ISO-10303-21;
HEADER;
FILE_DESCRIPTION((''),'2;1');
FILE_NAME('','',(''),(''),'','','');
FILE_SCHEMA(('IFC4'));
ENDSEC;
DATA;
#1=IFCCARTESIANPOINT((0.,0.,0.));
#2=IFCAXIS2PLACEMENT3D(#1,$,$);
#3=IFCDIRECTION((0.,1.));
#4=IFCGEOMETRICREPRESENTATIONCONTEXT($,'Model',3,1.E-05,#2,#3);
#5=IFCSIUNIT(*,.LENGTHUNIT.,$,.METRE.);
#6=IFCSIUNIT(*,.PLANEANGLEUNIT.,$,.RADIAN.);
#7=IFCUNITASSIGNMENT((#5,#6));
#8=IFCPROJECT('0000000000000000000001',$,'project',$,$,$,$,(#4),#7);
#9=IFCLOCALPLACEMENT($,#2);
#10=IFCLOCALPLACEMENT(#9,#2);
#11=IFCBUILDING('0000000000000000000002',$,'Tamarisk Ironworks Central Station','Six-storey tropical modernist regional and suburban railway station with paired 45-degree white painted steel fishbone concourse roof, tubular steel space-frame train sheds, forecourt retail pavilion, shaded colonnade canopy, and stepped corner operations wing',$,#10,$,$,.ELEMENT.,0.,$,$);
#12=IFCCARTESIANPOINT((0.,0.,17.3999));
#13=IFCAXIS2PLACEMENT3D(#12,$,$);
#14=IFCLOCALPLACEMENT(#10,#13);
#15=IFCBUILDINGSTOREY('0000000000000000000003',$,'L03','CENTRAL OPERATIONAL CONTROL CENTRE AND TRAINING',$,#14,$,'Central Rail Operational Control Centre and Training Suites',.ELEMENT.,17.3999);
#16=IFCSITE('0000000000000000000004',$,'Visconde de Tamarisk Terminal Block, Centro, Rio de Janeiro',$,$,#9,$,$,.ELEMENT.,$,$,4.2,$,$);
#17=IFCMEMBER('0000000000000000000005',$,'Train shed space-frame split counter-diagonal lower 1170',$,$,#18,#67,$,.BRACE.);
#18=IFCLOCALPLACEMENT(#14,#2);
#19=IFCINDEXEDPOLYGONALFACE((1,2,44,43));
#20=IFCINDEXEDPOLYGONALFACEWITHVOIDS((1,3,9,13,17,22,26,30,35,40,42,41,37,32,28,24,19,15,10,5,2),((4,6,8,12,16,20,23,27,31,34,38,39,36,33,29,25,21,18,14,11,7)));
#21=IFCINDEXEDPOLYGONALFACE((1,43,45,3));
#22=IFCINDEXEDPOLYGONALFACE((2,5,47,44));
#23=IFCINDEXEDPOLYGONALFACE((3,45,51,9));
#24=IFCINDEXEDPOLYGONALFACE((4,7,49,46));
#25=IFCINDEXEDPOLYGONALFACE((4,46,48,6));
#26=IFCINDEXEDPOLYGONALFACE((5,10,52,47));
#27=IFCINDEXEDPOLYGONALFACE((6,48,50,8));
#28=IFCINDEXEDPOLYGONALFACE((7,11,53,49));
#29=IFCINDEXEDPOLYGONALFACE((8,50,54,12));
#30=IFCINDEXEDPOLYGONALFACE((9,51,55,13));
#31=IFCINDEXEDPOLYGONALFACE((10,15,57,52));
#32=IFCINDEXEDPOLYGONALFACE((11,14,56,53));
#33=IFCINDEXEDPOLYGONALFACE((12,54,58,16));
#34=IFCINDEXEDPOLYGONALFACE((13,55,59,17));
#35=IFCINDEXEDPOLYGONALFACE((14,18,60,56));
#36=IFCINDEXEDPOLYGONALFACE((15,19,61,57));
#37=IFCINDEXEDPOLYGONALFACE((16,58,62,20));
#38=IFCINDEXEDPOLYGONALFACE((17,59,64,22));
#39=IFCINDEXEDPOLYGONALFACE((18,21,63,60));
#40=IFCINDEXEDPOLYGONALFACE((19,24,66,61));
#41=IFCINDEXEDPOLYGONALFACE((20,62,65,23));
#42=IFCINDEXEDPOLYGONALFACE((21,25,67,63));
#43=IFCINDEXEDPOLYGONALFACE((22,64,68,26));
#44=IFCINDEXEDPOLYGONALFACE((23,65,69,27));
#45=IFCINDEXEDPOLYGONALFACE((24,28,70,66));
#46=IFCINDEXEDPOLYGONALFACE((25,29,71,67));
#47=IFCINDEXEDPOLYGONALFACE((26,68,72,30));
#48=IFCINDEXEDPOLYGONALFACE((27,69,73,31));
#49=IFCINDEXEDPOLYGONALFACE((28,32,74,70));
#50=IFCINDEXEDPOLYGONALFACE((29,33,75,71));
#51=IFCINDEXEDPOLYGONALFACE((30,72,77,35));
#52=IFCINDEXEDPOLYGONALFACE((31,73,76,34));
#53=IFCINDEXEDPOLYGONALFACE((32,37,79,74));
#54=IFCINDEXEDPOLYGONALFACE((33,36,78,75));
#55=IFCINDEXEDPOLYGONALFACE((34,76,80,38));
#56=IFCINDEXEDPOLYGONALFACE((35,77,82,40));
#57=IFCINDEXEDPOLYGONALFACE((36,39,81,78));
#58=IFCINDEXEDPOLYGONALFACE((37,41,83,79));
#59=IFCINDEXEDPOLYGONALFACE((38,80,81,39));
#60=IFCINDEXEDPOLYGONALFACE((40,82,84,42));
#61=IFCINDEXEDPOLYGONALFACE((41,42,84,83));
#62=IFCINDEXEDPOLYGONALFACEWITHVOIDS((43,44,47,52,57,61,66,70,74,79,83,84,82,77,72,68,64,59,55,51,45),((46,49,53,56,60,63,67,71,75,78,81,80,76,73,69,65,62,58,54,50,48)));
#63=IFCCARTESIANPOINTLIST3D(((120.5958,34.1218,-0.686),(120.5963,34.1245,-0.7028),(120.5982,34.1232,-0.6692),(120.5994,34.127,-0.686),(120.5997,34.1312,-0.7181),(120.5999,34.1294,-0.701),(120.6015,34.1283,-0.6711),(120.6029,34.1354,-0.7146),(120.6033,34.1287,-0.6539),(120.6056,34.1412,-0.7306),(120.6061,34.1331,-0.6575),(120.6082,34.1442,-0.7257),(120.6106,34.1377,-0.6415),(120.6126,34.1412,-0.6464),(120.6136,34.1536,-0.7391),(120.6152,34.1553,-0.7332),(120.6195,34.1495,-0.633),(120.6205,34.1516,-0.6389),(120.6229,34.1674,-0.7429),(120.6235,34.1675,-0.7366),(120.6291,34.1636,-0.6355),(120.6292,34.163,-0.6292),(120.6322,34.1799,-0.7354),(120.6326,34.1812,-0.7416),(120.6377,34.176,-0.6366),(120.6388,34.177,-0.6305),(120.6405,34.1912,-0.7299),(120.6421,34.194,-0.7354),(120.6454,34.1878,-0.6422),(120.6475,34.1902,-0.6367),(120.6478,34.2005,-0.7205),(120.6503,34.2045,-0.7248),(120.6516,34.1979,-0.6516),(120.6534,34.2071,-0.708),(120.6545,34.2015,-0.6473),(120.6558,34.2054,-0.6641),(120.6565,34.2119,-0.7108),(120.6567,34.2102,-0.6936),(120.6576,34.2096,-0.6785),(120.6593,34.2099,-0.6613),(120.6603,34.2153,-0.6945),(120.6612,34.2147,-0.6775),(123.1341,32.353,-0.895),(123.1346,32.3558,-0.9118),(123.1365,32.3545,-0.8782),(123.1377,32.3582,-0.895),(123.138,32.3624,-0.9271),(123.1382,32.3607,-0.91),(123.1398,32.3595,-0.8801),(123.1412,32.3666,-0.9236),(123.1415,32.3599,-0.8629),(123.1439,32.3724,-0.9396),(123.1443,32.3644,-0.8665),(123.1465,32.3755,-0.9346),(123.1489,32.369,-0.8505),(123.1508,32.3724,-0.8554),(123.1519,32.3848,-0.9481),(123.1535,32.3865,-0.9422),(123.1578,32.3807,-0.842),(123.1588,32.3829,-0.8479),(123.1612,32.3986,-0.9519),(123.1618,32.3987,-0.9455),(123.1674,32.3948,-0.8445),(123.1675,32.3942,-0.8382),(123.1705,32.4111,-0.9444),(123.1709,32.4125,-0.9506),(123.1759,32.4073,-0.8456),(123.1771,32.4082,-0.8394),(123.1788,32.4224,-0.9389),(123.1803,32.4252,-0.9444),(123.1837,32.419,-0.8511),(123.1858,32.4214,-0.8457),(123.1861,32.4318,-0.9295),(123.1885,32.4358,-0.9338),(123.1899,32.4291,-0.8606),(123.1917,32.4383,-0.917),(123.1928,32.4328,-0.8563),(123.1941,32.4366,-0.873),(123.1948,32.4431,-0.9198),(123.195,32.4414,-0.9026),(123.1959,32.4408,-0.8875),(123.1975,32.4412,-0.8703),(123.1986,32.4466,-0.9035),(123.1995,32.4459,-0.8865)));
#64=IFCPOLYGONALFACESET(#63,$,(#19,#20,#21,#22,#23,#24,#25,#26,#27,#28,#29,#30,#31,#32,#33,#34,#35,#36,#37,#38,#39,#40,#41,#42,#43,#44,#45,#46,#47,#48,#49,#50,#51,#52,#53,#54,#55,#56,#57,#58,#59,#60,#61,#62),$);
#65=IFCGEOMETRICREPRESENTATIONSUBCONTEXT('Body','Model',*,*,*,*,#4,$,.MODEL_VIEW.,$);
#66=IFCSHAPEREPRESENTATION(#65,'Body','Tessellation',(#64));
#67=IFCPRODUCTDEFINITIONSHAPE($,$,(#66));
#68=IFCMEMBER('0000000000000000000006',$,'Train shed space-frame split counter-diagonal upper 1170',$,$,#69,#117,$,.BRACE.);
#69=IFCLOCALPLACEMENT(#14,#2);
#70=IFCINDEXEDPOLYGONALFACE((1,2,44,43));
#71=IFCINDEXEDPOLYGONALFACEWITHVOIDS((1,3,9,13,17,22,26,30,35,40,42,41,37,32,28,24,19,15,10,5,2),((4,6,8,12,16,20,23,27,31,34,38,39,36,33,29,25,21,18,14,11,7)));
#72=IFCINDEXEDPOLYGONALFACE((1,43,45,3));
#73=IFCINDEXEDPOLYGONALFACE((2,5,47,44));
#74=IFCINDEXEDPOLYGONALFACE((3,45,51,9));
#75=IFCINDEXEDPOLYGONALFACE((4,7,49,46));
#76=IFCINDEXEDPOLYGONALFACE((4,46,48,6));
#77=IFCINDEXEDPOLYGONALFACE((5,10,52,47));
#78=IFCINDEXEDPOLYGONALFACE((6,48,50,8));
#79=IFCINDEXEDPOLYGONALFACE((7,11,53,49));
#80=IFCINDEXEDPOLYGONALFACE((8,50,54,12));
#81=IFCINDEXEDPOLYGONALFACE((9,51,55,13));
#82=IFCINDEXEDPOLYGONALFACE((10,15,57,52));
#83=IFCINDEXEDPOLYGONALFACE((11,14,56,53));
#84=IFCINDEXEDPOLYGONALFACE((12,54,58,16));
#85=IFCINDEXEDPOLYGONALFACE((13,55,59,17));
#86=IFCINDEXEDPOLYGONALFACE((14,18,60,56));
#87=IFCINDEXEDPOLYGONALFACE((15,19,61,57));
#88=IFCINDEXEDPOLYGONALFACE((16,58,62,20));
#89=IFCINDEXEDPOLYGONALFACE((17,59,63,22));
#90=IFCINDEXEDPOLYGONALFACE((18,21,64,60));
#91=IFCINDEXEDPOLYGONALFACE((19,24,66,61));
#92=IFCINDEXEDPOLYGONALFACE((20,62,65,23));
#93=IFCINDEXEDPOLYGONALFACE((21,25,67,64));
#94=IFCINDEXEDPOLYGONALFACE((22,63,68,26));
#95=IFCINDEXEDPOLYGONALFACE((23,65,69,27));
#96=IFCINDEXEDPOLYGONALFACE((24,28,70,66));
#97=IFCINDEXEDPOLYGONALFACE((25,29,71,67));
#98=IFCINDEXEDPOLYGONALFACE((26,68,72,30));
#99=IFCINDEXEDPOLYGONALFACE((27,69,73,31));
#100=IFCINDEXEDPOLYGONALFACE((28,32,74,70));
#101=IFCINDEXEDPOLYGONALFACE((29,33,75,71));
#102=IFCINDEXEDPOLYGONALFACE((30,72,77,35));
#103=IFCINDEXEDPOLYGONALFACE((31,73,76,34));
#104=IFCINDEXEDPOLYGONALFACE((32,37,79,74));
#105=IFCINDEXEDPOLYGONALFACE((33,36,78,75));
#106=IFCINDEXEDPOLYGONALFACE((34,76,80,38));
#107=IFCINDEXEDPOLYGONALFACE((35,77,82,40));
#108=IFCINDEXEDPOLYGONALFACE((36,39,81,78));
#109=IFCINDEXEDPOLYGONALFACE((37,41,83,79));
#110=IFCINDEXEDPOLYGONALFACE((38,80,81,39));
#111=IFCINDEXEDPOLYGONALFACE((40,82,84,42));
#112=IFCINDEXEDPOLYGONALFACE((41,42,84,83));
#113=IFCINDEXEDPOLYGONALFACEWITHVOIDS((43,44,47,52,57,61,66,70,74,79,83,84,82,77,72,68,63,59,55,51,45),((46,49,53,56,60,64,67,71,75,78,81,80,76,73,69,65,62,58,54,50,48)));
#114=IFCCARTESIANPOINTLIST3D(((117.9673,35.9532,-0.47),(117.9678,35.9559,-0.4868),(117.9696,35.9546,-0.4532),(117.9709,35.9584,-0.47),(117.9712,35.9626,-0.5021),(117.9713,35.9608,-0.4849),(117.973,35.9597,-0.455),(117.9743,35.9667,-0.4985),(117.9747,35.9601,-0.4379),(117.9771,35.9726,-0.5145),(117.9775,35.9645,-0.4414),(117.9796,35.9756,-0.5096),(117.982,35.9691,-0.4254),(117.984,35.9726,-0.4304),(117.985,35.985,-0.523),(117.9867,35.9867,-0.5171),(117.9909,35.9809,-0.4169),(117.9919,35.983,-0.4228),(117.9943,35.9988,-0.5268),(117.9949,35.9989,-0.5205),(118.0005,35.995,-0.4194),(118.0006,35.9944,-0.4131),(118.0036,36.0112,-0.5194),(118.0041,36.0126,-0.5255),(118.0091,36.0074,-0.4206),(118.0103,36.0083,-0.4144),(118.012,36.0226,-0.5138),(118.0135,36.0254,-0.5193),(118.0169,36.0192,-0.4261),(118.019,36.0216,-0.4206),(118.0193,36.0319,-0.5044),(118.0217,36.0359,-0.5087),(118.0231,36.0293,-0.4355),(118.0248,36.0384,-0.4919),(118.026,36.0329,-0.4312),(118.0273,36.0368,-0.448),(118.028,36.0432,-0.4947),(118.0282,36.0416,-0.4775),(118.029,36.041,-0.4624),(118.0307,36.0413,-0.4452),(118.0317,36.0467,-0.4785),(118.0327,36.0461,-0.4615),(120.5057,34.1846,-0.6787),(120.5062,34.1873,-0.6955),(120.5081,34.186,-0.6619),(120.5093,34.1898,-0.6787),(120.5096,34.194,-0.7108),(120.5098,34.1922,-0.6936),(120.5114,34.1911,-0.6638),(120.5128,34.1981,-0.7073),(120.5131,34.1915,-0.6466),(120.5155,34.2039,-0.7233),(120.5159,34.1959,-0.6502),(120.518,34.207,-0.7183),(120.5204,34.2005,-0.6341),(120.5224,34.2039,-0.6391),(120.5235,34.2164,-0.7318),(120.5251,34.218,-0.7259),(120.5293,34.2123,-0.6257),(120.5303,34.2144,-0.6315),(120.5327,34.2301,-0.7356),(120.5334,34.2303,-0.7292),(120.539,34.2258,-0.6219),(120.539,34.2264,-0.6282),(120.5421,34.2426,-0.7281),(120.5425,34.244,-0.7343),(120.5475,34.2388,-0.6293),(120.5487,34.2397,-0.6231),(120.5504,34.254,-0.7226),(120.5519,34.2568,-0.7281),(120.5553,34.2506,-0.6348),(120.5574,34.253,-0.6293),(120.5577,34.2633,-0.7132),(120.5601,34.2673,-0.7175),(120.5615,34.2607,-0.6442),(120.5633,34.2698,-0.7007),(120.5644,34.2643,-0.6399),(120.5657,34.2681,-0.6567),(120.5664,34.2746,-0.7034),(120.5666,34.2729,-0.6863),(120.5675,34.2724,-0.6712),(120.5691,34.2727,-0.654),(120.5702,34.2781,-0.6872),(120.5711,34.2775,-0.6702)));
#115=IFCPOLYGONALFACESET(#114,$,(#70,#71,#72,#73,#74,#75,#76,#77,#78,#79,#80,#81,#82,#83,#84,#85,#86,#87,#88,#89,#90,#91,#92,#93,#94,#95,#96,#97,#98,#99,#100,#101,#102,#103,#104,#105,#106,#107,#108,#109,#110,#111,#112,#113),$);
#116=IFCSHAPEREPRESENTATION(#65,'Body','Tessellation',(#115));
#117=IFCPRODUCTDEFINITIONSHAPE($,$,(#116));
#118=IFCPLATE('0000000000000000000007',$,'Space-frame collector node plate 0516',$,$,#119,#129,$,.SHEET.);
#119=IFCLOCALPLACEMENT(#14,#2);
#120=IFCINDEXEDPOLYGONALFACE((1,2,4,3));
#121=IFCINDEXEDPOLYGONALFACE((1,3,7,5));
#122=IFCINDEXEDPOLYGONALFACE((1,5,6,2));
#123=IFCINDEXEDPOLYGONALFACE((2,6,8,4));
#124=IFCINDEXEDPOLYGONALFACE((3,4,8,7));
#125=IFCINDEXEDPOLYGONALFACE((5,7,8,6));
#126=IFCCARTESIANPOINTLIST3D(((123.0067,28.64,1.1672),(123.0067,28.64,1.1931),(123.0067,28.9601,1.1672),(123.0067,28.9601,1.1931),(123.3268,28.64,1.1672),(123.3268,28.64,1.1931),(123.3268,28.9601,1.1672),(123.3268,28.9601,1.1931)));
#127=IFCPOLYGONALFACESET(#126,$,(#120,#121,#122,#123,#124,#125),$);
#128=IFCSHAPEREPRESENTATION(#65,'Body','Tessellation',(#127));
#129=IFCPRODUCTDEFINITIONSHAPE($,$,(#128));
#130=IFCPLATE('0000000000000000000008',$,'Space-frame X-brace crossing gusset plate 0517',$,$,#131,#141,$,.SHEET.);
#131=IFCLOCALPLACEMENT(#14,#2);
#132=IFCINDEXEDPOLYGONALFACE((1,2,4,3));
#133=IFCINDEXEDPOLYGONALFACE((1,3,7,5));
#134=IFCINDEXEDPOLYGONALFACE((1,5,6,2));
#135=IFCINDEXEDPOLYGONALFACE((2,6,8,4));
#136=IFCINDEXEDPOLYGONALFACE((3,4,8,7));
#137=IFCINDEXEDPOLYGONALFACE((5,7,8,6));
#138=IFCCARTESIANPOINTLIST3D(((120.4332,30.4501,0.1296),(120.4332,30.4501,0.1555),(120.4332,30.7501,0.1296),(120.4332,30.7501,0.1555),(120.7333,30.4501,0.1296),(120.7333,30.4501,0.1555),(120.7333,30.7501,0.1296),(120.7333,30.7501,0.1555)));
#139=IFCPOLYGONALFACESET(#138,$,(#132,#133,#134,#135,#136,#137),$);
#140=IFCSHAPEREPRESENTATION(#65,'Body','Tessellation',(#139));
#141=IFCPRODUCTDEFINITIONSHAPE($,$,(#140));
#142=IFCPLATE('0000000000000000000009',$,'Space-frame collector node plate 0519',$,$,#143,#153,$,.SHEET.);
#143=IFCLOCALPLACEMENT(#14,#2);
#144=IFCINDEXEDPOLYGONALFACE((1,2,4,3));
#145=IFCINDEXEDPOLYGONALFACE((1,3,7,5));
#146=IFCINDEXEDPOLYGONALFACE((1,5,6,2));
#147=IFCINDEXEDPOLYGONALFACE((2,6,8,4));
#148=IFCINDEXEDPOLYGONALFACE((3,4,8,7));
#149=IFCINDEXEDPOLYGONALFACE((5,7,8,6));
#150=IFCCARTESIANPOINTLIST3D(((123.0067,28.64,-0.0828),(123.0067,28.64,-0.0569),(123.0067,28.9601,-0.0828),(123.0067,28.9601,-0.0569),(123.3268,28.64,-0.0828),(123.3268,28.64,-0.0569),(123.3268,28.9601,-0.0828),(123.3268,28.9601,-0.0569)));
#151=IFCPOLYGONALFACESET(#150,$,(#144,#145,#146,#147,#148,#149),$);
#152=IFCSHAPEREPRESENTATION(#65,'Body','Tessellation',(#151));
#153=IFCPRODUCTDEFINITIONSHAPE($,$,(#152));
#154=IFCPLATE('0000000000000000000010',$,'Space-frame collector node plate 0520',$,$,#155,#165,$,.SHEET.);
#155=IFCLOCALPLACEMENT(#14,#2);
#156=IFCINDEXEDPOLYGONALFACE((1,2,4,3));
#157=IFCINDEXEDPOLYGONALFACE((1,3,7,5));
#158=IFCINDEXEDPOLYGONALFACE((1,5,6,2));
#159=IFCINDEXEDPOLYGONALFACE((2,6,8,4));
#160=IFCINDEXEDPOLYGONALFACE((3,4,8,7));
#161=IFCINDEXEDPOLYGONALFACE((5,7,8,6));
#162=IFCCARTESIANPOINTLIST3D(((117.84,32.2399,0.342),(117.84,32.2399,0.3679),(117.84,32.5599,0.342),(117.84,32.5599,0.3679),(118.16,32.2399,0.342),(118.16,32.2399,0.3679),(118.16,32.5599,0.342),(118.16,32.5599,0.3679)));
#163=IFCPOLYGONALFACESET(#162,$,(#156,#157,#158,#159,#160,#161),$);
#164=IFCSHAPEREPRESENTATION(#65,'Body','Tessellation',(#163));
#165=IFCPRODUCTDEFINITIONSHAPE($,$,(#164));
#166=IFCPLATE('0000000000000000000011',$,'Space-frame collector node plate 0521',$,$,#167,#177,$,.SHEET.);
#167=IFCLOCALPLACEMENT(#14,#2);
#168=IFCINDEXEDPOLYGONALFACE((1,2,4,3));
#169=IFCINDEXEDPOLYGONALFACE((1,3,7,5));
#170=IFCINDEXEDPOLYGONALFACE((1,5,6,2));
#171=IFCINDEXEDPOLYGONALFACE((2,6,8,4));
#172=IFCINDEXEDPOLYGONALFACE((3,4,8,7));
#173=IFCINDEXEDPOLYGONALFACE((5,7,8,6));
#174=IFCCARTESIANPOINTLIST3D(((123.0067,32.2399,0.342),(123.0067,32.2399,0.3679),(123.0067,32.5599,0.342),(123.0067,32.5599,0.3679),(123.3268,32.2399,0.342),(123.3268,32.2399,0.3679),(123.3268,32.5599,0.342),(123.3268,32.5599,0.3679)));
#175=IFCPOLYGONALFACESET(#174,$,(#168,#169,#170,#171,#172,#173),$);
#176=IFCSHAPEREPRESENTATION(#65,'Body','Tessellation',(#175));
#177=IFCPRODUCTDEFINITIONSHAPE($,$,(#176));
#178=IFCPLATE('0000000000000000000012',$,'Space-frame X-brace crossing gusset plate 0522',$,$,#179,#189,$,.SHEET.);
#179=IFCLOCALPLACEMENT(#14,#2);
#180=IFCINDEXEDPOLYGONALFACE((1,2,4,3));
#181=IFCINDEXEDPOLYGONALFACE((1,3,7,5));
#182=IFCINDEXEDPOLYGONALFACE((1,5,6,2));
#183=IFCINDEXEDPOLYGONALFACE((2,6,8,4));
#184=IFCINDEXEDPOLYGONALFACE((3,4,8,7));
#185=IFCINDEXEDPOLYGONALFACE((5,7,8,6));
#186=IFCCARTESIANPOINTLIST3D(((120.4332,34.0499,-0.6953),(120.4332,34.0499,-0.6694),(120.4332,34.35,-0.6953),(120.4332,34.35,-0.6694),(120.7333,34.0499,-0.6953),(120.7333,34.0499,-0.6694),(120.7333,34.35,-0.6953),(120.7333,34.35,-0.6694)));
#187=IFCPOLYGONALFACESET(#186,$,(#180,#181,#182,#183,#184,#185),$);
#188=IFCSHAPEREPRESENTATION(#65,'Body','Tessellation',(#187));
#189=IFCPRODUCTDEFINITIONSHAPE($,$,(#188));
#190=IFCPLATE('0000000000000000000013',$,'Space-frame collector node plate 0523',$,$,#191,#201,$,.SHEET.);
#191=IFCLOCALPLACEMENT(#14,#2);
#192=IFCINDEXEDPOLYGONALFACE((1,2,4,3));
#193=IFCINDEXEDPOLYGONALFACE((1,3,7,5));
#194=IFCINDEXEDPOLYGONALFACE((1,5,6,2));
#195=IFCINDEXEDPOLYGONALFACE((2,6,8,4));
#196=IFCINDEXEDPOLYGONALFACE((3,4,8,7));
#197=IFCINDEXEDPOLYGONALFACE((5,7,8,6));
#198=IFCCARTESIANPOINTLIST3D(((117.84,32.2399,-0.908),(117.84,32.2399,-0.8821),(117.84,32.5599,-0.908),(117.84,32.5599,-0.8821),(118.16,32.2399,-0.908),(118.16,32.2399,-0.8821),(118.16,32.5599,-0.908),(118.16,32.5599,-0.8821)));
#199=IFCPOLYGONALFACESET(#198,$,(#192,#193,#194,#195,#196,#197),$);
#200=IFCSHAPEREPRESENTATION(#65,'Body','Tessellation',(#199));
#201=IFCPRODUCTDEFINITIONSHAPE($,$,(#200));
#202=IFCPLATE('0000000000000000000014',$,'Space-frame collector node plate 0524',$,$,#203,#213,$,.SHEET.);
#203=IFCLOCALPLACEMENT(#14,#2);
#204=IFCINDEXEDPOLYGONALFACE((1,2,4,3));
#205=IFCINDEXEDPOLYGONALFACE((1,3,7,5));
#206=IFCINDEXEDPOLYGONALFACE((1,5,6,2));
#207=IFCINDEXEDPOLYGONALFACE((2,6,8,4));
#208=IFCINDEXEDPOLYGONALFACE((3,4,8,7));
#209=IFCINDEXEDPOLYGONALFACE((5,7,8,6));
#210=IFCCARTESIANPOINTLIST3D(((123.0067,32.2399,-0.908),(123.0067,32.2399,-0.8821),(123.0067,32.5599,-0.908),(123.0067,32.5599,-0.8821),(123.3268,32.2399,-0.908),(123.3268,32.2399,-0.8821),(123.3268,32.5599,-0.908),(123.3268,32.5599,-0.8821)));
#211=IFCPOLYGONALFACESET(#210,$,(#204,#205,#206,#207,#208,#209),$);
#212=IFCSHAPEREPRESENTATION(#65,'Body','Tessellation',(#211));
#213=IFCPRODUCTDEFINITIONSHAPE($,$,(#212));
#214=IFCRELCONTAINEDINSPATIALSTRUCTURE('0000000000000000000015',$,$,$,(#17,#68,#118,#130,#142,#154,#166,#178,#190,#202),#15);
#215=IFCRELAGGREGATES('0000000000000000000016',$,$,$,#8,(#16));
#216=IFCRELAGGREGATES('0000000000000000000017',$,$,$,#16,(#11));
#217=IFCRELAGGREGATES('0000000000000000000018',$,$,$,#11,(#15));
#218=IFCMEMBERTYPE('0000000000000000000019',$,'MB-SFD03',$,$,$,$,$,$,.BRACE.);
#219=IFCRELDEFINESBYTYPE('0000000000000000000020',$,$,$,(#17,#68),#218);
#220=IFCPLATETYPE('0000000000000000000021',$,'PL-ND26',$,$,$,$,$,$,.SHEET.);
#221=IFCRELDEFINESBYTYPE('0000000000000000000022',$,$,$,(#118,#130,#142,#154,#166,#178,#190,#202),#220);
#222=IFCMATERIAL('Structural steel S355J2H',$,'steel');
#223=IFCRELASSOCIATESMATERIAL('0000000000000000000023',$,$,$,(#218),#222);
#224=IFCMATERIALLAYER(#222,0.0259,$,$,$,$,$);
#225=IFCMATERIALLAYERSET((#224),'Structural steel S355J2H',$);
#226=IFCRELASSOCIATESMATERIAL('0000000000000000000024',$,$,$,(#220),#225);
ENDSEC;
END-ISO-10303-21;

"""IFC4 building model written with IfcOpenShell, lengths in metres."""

from ifc_helpers import new_model, si_unit, direction, frame, origin, origin_2d, place, context, subcontext, project, spatial, rectangle, hollow_circle, extrude, material, layer, layer_set, material_profile, profile_set, type_object, element, save


model = new_model("IFC4")

# Units and contexts
model_context = context("Model", 3, precision=1e-05, world=origin(), true_north=direction((0.0, 1.0)))
body_context = subcontext(model_context, "Body", "Model", "MODEL_VIEW")
ifc_project = project(units=[si_unit("LENGTHUNIT", "METRE"), si_unit("PLANEANGLEUNIT", "RADIAN")], contexts=[model_context])

# Site, building, storey
site_placement = place(None, origin())
site = spatial("IfcSite", under=ifc_project, at=site_placement, Name="Visconde de Tamarisk Terminal Block, Centro, Rio de Janeiro", CompositionType="ELEMENT", RefElevation=4.2)
building_placement = place(site_placement, origin())
building = spatial("IfcBuilding", under=site, at=building_placement, Name="Tamarisk Ironworks Central Station", Description="Six-storey tropical modernist regional and suburban railway station with paired 45-degree white painted steel fishbone concourse roof, tubular steel space-frame train sheds, forecourt retail pavilion, shaded colonnade canopy, and stepped corner operations wing", CompositionType="ELEMENT", ElevationOfRefHeight=0.0)
storey_placement = place(building_placement, frame((0.0, 0.0, 17.3999)))
storey = spatial("IfcBuildingStorey", under=building, at=storey_placement, Name="L03", Description="CENTRAL OPERATIONAL CONTROL CENTRE AND TRAINING", LongName="Central Rail Operational Control Centre and Training Suites", CompositionType="ELEMENT", Elevation=17.3999)

# Members
ifc_material_1 = material(Name="Structural steel S355J2H", Category="steel")
ifc_material_profile_1 = material_profile(ifc_material_1, hollow_circle(Radius=0.0571, WallThickness=0.0063, at=origin_2d()), Name="CHS 114.3x6.3")
ifc_profile_set_1 = profile_set([ifc_material_profile_1], Name="Structural steel S355J2H")
member_type_1 = type_object("IfcMemberType", Name="MB-SFD03", PredefinedType="BRACE", material=ifc_profile_set_1)
for number, where, z_axis, x_axis, name in (
    (1, (123.1667, 32.3999, -0.895), (-0.818584, 0.570419, 0.067395), (-0.571719, -0.82045, 0.0), "Train shed space-frame split counter-diagonal lower 1170"),
    (2, (120.5383, 34.2314, -0.6787), (-0.818625, 0.570369, 0.06732), (-0.571666, -0.820487, 0.0), "Train shed space-frame split counter-diagonal upper 1170"),
):
    element("IfcMember", number, at=place(storey_placement, frame(where, z_axis=z_axis, x_axis=x_axis)), inside=storey, type_object=member_type_1, Name=name, PredefinedType="BRACE", context=body_context, shape_type="SweptSolid", body=[
        extrude(hollow_circle(Radius=0.0571, WallThickness=0.0063, at=origin_2d()), origin(), (0.0, 0.0, 1.0), 3.1008),
    ])

# Plates
ifc_layer_1 = layer(ifc_material_1, 0.0259)
ifc_layer_set_1 = layer_set([ifc_layer_1], Name="Structural steel S355J2H")
plate_type = type_object("IfcPlateType", Name="PL-ND26", PredefinedType="SHEET", material=ifc_layer_set_1)
plate_1_placement = place(storey_placement, frame((123.1667, 28.8, 1.1672), z_axis=(0.0, 0.0, 1.0), x_axis=(1.0, 0.0, 0.0)))
element("IfcPlate", 3, at=plate_1_placement, inside=storey, type_object=plate_type, Name="Space-frame collector node plate 0516", PredefinedType="SHEET", context=body_context, shape_type="SweptSolid", body=[
    extrude(rectangle(XDim=0.3201, YDim=0.3201, at=origin_2d()), origin(), (0.0, 0.0, 1.0), 0.0259),
])
plate_2_placement = place(storey_placement, frame((120.5833, 30.6001, 0.1296), z_axis=(0.0, 0.0, 1.0), x_axis=(1.0, 0.0, 0.0)))
element("IfcPlate", 4, at=plate_2_placement, inside=storey, type_object=plate_type, Name="Space-frame X-brace crossing gusset plate 0517", PredefinedType="SHEET", context=body_context, shape_type="SweptSolid", body=[
    extrude(rectangle(XDim=0.3, YDim=0.3, at=origin_2d()), origin(), (0.0, 0.0, 1.0), 0.0259),
])
for number, where, z_axis, x_axis, name in (
    (5, (123.1667, 28.8, -0.0828), (0.0, 0.0, 1.0), (1.0, 0.0, 0.0), "Space-frame collector node plate 0519"),
    (6, (118.0, 32.3999, 0.342), (0.0, 0.0, 1.0), (1.0, 0.0, 0.0), "Space-frame collector node plate 0520"),
    (7, (123.1667, 32.3999, 0.342), (0.0, 0.0, 1.0), (1.0, 0.0, 0.0), "Space-frame collector node plate 0521"),
):
    element("IfcPlate", number, at=place(storey_placement, frame(where, z_axis=z_axis, x_axis=x_axis)), inside=storey, type_object=plate_type, Name=name, PredefinedType="SHEET", context=body_context, shape_type="SweptSolid", body=[
        extrude(rectangle(XDim=0.3201, YDim=0.3201, at=origin_2d()), origin(), (0.0, 0.0, 1.0), 0.0259),
    ])
plate_3_placement = place(storey_placement, frame((120.5833, 34.2, -0.6953), z_axis=(0.0, 0.0, 1.0), x_axis=(1.0, 0.0, 0.0)))
element("IfcPlate", 8, at=plate_3_placement, inside=storey, type_object=plate_type, Name="Space-frame X-brace crossing gusset plate 0522", PredefinedType="SHEET", context=body_context, shape_type="SweptSolid", body=[
    extrude(rectangle(XDim=0.3, YDim=0.3, at=origin_2d()), origin(), (0.0, 0.0, 1.0), 0.0259),
])
for number, where, z_axis, x_axis, name in (
    (9, (118.0, 32.3999, -0.908), (0.0, 0.0, 1.0), (1.0, 0.0, 0.0), "Space-frame collector node plate 0523"),
    (10, (123.1667, 32.3999, -0.908), (0.0, 0.0, 1.0), (1.0, 0.0, 0.0), "Space-frame collector node plate 0524"),
):
    element("IfcPlate", number, at=place(storey_placement, frame(where, z_axis=z_axis, x_axis=x_axis)), inside=storey, type_object=plate_type, Name=name, PredefinedType="SHEET", context=body_context, shape_type="SweptSolid", body=[
        extrude(rectangle(XDim=0.3201, YDim=0.3201, at=origin_2d()), origin(), (0.0, 0.0, 1.0), 0.0259),
    ])

save(model, "model.ifc")
